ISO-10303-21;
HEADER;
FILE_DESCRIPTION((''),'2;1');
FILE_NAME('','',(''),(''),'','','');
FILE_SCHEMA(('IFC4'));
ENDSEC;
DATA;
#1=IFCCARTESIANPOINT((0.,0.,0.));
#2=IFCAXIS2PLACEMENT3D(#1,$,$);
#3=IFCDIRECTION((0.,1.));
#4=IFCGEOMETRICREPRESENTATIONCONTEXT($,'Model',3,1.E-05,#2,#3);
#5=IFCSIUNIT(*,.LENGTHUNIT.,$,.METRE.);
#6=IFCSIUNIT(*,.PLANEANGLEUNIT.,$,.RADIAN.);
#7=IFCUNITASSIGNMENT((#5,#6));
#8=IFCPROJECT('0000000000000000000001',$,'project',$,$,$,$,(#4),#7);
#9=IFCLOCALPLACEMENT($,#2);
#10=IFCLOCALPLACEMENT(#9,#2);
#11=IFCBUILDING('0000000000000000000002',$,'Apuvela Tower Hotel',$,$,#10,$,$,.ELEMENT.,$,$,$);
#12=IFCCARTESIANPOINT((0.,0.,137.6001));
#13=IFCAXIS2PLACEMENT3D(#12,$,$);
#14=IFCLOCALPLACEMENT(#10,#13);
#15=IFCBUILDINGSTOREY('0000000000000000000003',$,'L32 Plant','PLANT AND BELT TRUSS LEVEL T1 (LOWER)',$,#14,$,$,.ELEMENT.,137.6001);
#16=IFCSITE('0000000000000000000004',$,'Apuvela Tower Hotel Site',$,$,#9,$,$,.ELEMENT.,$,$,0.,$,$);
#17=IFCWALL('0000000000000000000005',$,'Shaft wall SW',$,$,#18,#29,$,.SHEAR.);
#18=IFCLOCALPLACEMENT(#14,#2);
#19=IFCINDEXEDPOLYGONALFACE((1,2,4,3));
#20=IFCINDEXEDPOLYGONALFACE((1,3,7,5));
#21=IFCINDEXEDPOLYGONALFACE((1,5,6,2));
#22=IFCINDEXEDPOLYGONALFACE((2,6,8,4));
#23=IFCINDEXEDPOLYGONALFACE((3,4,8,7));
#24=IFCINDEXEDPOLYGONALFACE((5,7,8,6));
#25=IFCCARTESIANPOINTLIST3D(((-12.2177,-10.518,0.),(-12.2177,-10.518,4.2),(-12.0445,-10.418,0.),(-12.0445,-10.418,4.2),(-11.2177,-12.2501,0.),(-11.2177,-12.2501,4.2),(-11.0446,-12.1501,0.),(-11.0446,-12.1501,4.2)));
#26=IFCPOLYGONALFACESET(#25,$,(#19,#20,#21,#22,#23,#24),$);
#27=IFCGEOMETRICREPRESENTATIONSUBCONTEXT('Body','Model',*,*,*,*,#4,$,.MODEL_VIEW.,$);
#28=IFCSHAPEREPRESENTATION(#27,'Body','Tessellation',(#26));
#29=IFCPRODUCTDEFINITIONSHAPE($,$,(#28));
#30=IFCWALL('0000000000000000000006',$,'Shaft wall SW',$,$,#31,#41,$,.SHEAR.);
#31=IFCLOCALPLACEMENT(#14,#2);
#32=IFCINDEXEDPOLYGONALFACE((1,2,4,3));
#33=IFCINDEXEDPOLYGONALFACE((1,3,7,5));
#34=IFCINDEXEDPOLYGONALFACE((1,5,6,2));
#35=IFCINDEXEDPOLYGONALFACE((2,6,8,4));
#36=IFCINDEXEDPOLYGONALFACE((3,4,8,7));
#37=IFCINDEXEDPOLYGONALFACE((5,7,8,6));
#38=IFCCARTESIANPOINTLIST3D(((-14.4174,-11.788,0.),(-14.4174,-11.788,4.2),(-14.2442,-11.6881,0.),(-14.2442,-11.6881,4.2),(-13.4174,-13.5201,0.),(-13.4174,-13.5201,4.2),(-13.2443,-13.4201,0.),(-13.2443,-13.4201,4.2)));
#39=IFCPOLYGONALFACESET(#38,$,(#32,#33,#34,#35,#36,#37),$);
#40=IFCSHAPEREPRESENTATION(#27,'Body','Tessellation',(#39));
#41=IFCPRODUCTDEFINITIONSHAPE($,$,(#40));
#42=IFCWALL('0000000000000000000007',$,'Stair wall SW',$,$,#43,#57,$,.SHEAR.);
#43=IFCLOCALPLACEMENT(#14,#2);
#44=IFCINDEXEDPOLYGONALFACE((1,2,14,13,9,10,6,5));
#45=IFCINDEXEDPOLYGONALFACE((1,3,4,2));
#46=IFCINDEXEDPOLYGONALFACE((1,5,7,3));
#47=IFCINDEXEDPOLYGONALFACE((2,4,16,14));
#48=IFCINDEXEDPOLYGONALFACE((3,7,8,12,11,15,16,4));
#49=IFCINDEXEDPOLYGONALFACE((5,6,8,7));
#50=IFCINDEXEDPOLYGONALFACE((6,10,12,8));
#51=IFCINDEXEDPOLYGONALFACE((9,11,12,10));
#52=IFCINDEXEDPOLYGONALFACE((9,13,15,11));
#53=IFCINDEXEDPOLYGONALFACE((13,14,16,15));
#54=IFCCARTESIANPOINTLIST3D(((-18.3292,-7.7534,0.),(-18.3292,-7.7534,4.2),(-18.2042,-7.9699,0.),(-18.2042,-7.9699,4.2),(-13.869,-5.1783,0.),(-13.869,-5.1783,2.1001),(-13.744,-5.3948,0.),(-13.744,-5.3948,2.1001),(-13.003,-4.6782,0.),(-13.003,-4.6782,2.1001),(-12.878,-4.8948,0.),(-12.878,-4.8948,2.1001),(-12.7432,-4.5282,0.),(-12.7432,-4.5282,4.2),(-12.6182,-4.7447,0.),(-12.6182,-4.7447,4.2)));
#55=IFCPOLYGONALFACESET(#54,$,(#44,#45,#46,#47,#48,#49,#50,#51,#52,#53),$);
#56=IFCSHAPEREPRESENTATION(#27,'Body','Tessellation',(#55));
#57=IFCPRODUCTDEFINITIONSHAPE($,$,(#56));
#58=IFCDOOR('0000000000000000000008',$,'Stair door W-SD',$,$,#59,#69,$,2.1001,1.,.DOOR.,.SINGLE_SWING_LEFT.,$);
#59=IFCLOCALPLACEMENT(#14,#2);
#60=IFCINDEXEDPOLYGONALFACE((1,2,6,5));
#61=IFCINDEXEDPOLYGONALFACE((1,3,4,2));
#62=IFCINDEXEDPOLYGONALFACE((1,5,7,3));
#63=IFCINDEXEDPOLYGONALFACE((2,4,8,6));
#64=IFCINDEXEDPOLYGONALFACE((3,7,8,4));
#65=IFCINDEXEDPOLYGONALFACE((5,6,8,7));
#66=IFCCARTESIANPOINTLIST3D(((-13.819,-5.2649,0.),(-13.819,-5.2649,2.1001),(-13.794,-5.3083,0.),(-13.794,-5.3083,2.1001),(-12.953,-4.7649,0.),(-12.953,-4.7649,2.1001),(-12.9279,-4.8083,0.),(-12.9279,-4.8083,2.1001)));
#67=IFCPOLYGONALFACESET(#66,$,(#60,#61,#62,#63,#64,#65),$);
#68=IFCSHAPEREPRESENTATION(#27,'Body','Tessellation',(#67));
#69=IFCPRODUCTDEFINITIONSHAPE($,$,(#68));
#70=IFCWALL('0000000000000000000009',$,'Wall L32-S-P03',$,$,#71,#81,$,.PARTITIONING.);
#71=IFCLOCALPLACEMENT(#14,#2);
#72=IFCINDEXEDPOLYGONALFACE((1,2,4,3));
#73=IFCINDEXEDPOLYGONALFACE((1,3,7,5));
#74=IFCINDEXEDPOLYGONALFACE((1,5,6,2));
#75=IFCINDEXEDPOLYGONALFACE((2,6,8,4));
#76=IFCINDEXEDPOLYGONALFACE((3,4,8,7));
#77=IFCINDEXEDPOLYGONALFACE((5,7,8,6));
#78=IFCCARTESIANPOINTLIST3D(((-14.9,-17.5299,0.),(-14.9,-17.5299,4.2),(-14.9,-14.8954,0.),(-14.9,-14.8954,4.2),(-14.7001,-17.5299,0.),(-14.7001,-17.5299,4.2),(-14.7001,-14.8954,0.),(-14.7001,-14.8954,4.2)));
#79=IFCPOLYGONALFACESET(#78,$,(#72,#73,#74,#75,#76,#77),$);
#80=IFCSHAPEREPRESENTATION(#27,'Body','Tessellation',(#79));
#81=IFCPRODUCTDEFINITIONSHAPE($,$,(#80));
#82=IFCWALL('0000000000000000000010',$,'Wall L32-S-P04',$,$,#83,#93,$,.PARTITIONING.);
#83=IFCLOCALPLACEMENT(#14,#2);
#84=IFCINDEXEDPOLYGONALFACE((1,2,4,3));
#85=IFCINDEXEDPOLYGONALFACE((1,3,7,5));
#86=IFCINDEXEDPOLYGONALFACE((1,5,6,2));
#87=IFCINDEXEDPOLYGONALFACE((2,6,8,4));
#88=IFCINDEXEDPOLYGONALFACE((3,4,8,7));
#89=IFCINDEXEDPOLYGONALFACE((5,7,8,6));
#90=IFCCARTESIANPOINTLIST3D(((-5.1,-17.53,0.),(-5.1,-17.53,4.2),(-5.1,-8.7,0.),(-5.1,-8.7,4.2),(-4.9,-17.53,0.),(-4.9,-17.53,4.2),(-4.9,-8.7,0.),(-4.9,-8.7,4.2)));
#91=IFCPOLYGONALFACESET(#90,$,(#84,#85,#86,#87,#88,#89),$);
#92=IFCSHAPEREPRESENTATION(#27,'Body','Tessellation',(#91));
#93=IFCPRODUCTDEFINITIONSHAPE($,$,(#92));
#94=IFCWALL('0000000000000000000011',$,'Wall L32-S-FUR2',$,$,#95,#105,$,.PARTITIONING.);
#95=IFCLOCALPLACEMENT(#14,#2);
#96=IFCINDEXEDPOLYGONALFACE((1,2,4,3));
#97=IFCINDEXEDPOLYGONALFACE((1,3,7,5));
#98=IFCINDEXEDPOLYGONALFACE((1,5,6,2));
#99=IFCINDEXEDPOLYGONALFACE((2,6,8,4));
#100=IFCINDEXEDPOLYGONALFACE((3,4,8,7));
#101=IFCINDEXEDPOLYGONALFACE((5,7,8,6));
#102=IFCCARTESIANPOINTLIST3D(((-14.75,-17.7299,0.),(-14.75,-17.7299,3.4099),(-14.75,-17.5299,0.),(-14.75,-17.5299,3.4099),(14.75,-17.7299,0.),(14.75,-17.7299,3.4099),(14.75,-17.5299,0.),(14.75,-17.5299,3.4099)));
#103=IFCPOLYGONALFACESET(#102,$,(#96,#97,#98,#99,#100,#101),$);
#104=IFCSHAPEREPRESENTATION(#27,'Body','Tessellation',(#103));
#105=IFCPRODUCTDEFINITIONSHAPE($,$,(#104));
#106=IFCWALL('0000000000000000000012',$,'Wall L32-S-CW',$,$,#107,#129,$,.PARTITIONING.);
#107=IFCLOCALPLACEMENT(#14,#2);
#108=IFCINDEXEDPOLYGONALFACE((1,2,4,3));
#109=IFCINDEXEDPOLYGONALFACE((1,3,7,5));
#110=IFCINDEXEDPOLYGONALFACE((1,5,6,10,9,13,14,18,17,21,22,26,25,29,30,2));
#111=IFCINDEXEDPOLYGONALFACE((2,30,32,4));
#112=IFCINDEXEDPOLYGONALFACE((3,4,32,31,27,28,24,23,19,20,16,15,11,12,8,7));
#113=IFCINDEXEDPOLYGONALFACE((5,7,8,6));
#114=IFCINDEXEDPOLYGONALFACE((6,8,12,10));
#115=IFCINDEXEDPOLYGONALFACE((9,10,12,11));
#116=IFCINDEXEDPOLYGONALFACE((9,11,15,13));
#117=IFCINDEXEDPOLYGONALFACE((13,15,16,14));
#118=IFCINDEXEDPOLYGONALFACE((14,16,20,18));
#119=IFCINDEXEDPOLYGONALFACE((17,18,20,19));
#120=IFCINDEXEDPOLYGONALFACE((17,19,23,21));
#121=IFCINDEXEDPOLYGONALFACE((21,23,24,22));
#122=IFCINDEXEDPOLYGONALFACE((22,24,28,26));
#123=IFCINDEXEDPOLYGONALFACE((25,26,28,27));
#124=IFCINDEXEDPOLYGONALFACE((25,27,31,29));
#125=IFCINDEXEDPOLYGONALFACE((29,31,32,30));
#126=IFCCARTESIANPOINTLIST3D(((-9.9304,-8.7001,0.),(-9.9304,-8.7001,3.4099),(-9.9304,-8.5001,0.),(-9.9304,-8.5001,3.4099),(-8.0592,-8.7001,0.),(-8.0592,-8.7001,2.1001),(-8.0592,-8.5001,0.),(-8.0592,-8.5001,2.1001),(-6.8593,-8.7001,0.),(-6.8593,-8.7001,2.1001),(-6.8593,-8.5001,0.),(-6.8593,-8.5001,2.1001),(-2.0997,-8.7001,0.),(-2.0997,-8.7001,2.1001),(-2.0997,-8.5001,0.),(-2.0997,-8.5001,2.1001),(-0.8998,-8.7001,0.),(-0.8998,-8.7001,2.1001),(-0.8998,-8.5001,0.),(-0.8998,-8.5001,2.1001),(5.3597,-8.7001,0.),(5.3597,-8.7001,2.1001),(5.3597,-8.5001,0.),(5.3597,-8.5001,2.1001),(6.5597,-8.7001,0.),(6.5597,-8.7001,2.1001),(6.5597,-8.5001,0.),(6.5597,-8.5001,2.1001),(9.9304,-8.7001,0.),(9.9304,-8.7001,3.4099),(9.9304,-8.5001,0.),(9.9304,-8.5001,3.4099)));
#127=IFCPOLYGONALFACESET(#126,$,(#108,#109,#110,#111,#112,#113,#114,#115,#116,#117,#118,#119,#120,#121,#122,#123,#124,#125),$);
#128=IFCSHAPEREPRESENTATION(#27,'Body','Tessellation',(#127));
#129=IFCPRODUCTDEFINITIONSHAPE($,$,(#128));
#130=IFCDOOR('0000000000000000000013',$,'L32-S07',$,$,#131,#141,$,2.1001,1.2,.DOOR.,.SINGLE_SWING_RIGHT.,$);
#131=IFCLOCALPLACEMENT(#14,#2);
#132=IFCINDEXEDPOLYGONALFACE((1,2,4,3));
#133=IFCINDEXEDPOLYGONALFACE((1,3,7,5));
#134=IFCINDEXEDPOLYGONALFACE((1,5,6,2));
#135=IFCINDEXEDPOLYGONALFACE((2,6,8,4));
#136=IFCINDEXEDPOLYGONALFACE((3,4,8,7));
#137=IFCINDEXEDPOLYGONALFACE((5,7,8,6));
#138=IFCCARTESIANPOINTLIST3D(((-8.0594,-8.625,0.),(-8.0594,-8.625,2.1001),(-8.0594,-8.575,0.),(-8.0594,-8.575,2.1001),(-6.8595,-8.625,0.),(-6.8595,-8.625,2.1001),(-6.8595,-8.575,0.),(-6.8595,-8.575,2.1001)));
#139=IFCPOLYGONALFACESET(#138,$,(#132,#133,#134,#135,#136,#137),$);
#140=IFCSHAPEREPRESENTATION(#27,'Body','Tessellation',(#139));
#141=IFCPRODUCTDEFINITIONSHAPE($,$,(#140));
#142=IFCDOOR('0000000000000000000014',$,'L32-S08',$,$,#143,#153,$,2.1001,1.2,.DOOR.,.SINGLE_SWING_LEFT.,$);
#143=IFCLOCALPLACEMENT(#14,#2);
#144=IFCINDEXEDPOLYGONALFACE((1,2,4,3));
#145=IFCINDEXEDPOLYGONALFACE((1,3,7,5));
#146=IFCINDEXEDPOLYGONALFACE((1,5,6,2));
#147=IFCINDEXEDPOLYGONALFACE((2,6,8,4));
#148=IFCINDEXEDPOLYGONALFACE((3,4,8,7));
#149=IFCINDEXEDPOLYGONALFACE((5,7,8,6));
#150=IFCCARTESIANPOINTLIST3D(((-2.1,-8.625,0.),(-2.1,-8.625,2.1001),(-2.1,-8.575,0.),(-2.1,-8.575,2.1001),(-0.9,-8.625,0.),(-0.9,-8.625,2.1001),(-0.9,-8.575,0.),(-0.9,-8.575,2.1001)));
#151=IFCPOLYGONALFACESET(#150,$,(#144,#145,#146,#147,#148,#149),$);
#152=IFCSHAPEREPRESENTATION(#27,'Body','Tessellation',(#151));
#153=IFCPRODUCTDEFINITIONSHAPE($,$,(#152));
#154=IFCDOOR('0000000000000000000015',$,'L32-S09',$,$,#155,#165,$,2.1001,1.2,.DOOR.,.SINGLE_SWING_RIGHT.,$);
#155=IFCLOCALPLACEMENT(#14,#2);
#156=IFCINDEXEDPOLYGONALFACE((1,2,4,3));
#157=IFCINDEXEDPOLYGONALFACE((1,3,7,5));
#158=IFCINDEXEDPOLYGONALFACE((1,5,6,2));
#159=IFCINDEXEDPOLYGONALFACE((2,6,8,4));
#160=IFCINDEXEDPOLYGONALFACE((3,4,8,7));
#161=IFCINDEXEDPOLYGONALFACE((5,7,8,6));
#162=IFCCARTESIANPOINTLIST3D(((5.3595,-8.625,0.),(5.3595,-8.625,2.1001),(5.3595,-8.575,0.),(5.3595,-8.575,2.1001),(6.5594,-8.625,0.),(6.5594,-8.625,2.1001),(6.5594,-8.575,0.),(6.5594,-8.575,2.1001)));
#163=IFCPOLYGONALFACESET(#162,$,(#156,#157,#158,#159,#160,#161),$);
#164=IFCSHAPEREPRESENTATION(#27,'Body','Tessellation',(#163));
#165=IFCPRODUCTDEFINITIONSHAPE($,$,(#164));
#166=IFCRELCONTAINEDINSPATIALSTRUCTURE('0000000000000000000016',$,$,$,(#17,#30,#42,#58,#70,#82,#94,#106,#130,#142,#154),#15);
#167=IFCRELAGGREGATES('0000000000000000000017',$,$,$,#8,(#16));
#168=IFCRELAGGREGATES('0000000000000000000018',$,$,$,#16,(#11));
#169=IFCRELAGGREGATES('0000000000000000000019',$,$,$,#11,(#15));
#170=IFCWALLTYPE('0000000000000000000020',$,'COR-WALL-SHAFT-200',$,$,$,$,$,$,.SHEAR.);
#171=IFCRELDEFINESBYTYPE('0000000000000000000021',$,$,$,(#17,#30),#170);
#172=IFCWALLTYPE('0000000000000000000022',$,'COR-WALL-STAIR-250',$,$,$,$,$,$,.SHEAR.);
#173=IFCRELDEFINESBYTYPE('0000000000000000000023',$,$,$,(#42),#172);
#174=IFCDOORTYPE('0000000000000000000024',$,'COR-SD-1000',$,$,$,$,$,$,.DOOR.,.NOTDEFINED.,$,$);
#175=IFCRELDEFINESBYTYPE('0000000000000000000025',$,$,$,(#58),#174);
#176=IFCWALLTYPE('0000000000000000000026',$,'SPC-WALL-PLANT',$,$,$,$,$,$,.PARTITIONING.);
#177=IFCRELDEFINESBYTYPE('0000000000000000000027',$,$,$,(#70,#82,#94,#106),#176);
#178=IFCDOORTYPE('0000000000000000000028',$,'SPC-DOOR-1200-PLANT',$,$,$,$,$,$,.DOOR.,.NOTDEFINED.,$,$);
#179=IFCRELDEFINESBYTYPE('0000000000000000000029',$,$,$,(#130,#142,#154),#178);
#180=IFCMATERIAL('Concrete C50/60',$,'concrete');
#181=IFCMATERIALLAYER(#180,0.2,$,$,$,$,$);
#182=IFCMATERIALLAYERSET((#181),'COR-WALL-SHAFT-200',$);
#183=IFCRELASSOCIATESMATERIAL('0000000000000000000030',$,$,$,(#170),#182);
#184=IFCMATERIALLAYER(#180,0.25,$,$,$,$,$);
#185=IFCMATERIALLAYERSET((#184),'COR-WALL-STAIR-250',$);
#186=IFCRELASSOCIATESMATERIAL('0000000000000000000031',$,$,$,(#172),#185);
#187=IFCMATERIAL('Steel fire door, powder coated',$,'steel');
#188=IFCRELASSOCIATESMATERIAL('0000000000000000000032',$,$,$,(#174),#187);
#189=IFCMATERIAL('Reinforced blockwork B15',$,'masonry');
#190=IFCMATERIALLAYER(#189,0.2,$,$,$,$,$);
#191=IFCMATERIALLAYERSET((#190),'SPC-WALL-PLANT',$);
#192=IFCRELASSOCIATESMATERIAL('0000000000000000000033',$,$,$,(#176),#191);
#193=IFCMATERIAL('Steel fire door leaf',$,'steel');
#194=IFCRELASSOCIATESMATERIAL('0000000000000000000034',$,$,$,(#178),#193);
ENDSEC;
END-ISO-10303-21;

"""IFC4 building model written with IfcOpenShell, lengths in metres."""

from ifc_helpers import new_model, si_unit, direction, frame, frame_2d, origin, place, context, subcontext, project, spatial, rectangle, extrude, material, layer, layer_set, type_object, element, fill, save


model = new_model("IFC4")

# Units and contexts
model_context = context("Model", 3, precision=1e-05, world=origin(), true_north=direction((0.0, 1.0)))
body_context = subcontext(model_context, "Body", "Model", "MODEL_VIEW")
ifc_project = project(units=[si_unit("LENGTHUNIT", "METRE"), si_unit("PLANEANGLEUNIT", "RADIAN")], contexts=[model_context])

# Site, building, storey
site_placement = place(None, origin())
site = spatial("IfcSite", under=ifc_project, at=site_placement, Name="Apuvela Tower Hotel Site", CompositionType="ELEMENT", RefElevation=0.0)
building_placement = place(site_placement, origin())
building = spatial("IfcBuilding", under=site, at=building_placement, Name="Apuvela Tower Hotel", CompositionType="ELEMENT")
storey_placement = place(building_placement, frame((0.0, 0.0, 137.6001)))
storey = spatial("IfcBuildingStorey", under=building, at=storey_placement, Name="L32 Plant", Description="PLANT AND BELT TRUSS LEVEL T1 (LOWER)", CompositionType="ELEMENT", Elevation=137.6001)

# Shared definitions
ifc_material_1 = material(Name="Concrete C50/60", Category="concrete")

# Shared definitions
ifc_layer_1 = layer(ifc_material_1, 0.2)
ifc_layer_set_1 = layer_set([ifc_layer_1], Name="COR-WALL-SHAFT-200")
wall_type_1 = type_object("IfcWallType", Name="COR-WALL-SHAFT-200", PredefinedType="SHEAR", material=ifc_layer_set_1)

# Walls
for number, where, z_axis, x_axis, name in (
    (1, (-12.1311, -10.468, 0.0), (0.0, 0.0, 1.0), (0.499973, -0.866041, 0.0), "Shaft wall SW"),
    (2, (-14.3308, -11.738, 0.0), (0.0, 0.0, 1.0), (0.499973, -0.866041, 0.0), "Shaft wall SW"),
):
    element("IfcWall", number, at=place(storey_placement, frame(where, z_axis=z_axis, x_axis=x_axis)), inside=storey, type_object=wall_type_1, Name=name, PredefinedType="SHEAR", context=body_context, shape_type="SweptSolid", body=[
        extrude(rectangle(XDim=2.0, YDim=0.2, at=frame_2d((1.0, 0.0))), origin(), (0.0, 0.0, 1.0), 4.2),
    ])

# Wall, opening, door
ifc_layer_2 = layer(ifc_material_1, 0.25)
ifc_layer_set_2 = layer_set([ifc_layer_2], Name="COR-WALL-STAIR-250")
wall_type_2 = type_object("IfcWallType", Name="COR-WALL-STAIR-250", PredefinedType="SHEAR", material=ifc_layer_set_2)
wall_1_placement = place(storey_placement, frame((-12.6807, -4.6365, 0.0), z_axis=(0.0, 0.0, 1.0), x_axis=(-0.866022, -0.500006, 0.0)))
wall_1 = element("IfcWall", 3, at=wall_1_placement, inside=storey, type_object=wall_type_2, Name="Stair wall SW", PredefinedType="SHEAR", context=body_context, shape_type="SweptSolid", body=[
    extrude(rectangle(XDim=6.4502, YDim=0.25, at=frame_2d((3.2251, 0.0))), origin(), (0.0, 0.0, 1.0), 4.2),
])
opening_1_placement = place(wall_1_placement, frame((0.3, 0.0, 0.0)))
opening_1 = element("IfcOpeningElement", 4, at=opening_1_placement, cuts=wall_1, PredefinedType="OPENING", context=body_context, shape_type="SweptSolid", body=[
    extrude(rectangle(XDim=1.0, YDim=2.1001, at=frame_2d((0.5, 1.05))), frame((0.0, 0.135, 0.0), z_axis=(0.0, -1.0, 0.0), x_axis=(1.0, 0.0, 0.0)), (0.0, 0.0, 1.0), 0.27),
])
ifc_material_2 = material(Name="Steel fire door, powder coated", Category="steel")
door_type_1 = type_object("IfcDoorType", Name="COR-SD-1000", OperationType="NOTDEFINED", PredefinedType="DOOR", material=ifc_material_2)
door_1_placement = place(opening_1_placement, frame((1.0, 0.0, 0.0), z_axis=(0.0, 0.0, 1.0), x_axis=(-1.0, 0.0, 0.0)))
door_1 = element("IfcDoor", 5, at=door_1_placement, inside=storey, type_object=door_type_1, Name="Stair door W-SD", OperationType="SINGLE_SWING_LEFT", OverallHeight=2.1001, OverallWidth=1.0, PredefinedType="DOOR", context=body_context, shape_type="SweptSolid", body=[
    extrude(rectangle(XDim=1.0, YDim=2.1001, at=frame_2d((0.5, 1.05))), frame((0.0, 0.0249, 0.0), z_axis=(0.0, -1.0, 0.0), x_axis=(1.0, 0.0, 0.0)), (0.0, 0.0, 1.0), 0.05),
])
fill(opening_1, door_1)

# Walls
ifc_material_3 = material(Name="Reinforced blockwork B15", Category="masonry")
ifc_layer_3 = layer(ifc_material_3, 0.2)
ifc_layer_set_3 = layer_set([ifc_layer_3], Name="SPC-WALL-PLANT")
wall_type_3 = type_object("IfcWallType", Name="SPC-WALL-PLANT", PredefinedType="PARTITIONING", material=ifc_layer_set_3)
wall_2_placement = place(storey_placement, frame((-14.8, -17.53, 0.0), z_axis=(0.0, 0.0, 1.0), x_axis=(0.0, 1.0, 0.0)))
element("IfcWall", 6, at=wall_2_placement, inside=storey, type_object=wall_type_3, Name="Wall L32-S-P03", PredefinedType="PARTITIONING", context=body_context, shape_type="SweptSolid", body=[
    extrude(rectangle(XDim=2.6345, YDim=0.2, at=frame_2d((1.3174, 0.0))), origin(), (0.0, 0.0, 1.0), 4.2),
])
wall_3_placement = place(storey_placement, frame((-5.0, -17.53, 0.0), z_axis=(0.0, 0.0, 1.0), x_axis=(0.0, 1.0, 0.0)))
element("IfcWall", 7, at=wall_3_placement, inside=storey, type_object=wall_type_3, Name="Wall L32-S-P04", PredefinedType="PARTITIONING", context=body_context, shape_type="SweptSolid", body=[
    extrude(rectangle(XDim=8.8301, YDim=0.2, at=frame_2d((4.415, 0.0))), origin(), (0.0, 0.0, 1.0), 4.2),
])
wall_4_placement = place(storey_placement, frame((-14.75, -17.6299, 0.0), z_axis=(0.0, 0.0, 1.0), x_axis=(1.0, 0.0, 0.0)))
element("IfcWall", 8, at=wall_4_placement, inside=storey, type_object=wall_type_3, Name="Wall L32-S-FUR2", PredefinedType="PARTITIONING", context=body_context, shape_type="SweptSolid", body=[
    extrude(rectangle(XDim=29.5, YDim=0.2, at=frame_2d((14.75, 0.0))), origin(), (0.0, 0.0, 1.0), 3.4099),
])

# Wall, openings, doors
wall_5_placement = place(storey_placement, frame((-9.9304, -8.6001, 0.0), z_axis=(0.0, 0.0, 1.0), x_axis=(1.0, 0.0, 0.0)))
wall_5 = element("IfcWall", 9, at=wall_5_placement, inside=storey, type_object=wall_type_3, Name="Wall L32-S-CW", PredefinedType="PARTITIONING", context=body_context, shape_type="SweptSolid", body=[
    extrude(rectangle(XDim=19.8608, YDim=0.2, at=frame_2d((9.9304, 0.0))), origin(), (0.0, 0.0, 1.0), 3.4099),
])
opening_2_placement = place(wall_5_placement, frame((1.8711, 0.0, 0.0)))
opening_2 = element("IfcOpeningElement", 10, at=opening_2_placement, cuts=wall_5, PredefinedType="OPENING", context=body_context, shape_type="SweptSolid", body=[
    extrude(rectangle(XDim=1.2, YDim=2.1001, at=frame_2d((0.6001, 1.05))), frame((0.0, 0.1099, 0.0), z_axis=(0.0, -1.0, 0.0), x_axis=(1.0, 0.0, 0.0)), (0.0, 0.0, 1.0), 0.22),
])
opening_3_placement = place(wall_5_placement, frame((7.8306, 0.0, 0.0)))
opening_3 = element("IfcOpeningElement", 11, at=opening_3_placement, cuts=wall_5, PredefinedType="OPENING", context=body_context, shape_type="SweptSolid", body=[
    extrude(rectangle(XDim=1.2, YDim=2.1001, at=frame_2d((0.6001, 1.05))), frame((0.0, 0.1099, 0.0), z_axis=(0.0, -1.0, 0.0), x_axis=(1.0, 0.0, 0.0)), (0.0, 0.0, 1.0), 0.22),
])
opening_4_placement = place(wall_5_placement, frame((15.29, 0.0, 0.0)))
opening_4 = element("IfcOpeningElement", 12, at=opening_4_placement, cuts=wall_5, PredefinedType="OPENING", context=body_context, shape_type="SweptSolid", body=[
    extrude(rectangle(XDim=1.2, YDim=2.1001, at=frame_2d((0.6001, 1.05))), frame((0.0, 0.1099, 0.0), z_axis=(0.0, -1.0, 0.0), x_axis=(1.0, 0.0, 0.0)), (0.0, 0.0, 1.0), 0.22),
])
ifc_material_4 = material(Name="Steel fire door leaf", Category="steel")
door_type_2 = type_object("IfcDoorType", Name="SPC-DOOR-1200-PLANT", OperationType="NOTDEFINED", PredefinedType="DOOR", material=ifc_material_4)
door_2_placement = place(opening_2_placement, frame((1.2, 0.0, 0.0), z_axis=(0.0, 0.0, 1.0), x_axis=(-1.0, 0.0, 0.0)))
door_2 = element("IfcDoor", 13, at=door_2_placement, inside=storey, type_object=door_type_2, Name="L32-S07", OperationType="SINGLE_SWING_RIGHT", OverallHeight=2.1001, OverallWidth=1.2, PredefinedType="DOOR", context=body_context, shape_type="SweptSolid", body=[
    extrude(rectangle(XDim=1.2, YDim=2.1001, at=frame_2d((0.6001, 1.05))), frame((0.0, 0.0249, 0.0), z_axis=(0.0, -1.0, 0.0), x_axis=(1.0, 0.0, 0.0)), (0.0, 0.0, 1.0), 0.05),
])
fill(opening_2, door_2)
door_3_placement = place(opening_3_placement, frame((1.2, 0.0, 0.0), z_axis=(0.0, 0.0, 1.0), x_axis=(-1.0, 0.0, 0.0)))
door_3 = element("IfcDoor", 14, at=door_3_placement, inside=storey, type_object=door_type_2, Name="L32-S08", OperationType="SINGLE_SWING_LEFT", OverallHeight=2.1001, OverallWidth=1.2, PredefinedType="DOOR", context=body_context, shape_type="SweptSolid", body=[
    extrude(rectangle(XDim=1.2, YDim=2.1001, at=frame_2d((0.6001, 1.05))), frame((0.0, 0.0249, 0.0), z_axis=(0.0, -1.0, 0.0), x_axis=(1.0, 0.0, 0.0)), (0.0, 0.0, 1.0), 0.05),
])
fill(opening_3, door_3)
door_4_placement = place(opening_4_placement, frame((1.2, 0.0, 0.0), z_axis=(0.0, 0.0, 1.0), x_axis=(-1.0, 0.0, 0.0)))
door_4 = element("IfcDoor", 15, at=door_4_placement, inside=storey, type_object=door_type_2, Name="L32-S09", OperationType="SINGLE_SWING_RIGHT", OverallHeight=2.1001, OverallWidth=1.2, PredefinedType="DOOR", context=body_context, shape_type="SweptSolid", body=[
    extrude(rectangle(XDim=1.2, YDim=2.1001, at=frame_2d((0.6001, 1.05))), frame((0.0, 0.0249, 0.0), z_axis=(0.0, -1.0, 0.0), x_axis=(1.0, 0.0, 0.0)), (0.0, 0.0, 1.0), 0.05),
])
fill(opening_4, door_4)

save(model, "model.ifc")
